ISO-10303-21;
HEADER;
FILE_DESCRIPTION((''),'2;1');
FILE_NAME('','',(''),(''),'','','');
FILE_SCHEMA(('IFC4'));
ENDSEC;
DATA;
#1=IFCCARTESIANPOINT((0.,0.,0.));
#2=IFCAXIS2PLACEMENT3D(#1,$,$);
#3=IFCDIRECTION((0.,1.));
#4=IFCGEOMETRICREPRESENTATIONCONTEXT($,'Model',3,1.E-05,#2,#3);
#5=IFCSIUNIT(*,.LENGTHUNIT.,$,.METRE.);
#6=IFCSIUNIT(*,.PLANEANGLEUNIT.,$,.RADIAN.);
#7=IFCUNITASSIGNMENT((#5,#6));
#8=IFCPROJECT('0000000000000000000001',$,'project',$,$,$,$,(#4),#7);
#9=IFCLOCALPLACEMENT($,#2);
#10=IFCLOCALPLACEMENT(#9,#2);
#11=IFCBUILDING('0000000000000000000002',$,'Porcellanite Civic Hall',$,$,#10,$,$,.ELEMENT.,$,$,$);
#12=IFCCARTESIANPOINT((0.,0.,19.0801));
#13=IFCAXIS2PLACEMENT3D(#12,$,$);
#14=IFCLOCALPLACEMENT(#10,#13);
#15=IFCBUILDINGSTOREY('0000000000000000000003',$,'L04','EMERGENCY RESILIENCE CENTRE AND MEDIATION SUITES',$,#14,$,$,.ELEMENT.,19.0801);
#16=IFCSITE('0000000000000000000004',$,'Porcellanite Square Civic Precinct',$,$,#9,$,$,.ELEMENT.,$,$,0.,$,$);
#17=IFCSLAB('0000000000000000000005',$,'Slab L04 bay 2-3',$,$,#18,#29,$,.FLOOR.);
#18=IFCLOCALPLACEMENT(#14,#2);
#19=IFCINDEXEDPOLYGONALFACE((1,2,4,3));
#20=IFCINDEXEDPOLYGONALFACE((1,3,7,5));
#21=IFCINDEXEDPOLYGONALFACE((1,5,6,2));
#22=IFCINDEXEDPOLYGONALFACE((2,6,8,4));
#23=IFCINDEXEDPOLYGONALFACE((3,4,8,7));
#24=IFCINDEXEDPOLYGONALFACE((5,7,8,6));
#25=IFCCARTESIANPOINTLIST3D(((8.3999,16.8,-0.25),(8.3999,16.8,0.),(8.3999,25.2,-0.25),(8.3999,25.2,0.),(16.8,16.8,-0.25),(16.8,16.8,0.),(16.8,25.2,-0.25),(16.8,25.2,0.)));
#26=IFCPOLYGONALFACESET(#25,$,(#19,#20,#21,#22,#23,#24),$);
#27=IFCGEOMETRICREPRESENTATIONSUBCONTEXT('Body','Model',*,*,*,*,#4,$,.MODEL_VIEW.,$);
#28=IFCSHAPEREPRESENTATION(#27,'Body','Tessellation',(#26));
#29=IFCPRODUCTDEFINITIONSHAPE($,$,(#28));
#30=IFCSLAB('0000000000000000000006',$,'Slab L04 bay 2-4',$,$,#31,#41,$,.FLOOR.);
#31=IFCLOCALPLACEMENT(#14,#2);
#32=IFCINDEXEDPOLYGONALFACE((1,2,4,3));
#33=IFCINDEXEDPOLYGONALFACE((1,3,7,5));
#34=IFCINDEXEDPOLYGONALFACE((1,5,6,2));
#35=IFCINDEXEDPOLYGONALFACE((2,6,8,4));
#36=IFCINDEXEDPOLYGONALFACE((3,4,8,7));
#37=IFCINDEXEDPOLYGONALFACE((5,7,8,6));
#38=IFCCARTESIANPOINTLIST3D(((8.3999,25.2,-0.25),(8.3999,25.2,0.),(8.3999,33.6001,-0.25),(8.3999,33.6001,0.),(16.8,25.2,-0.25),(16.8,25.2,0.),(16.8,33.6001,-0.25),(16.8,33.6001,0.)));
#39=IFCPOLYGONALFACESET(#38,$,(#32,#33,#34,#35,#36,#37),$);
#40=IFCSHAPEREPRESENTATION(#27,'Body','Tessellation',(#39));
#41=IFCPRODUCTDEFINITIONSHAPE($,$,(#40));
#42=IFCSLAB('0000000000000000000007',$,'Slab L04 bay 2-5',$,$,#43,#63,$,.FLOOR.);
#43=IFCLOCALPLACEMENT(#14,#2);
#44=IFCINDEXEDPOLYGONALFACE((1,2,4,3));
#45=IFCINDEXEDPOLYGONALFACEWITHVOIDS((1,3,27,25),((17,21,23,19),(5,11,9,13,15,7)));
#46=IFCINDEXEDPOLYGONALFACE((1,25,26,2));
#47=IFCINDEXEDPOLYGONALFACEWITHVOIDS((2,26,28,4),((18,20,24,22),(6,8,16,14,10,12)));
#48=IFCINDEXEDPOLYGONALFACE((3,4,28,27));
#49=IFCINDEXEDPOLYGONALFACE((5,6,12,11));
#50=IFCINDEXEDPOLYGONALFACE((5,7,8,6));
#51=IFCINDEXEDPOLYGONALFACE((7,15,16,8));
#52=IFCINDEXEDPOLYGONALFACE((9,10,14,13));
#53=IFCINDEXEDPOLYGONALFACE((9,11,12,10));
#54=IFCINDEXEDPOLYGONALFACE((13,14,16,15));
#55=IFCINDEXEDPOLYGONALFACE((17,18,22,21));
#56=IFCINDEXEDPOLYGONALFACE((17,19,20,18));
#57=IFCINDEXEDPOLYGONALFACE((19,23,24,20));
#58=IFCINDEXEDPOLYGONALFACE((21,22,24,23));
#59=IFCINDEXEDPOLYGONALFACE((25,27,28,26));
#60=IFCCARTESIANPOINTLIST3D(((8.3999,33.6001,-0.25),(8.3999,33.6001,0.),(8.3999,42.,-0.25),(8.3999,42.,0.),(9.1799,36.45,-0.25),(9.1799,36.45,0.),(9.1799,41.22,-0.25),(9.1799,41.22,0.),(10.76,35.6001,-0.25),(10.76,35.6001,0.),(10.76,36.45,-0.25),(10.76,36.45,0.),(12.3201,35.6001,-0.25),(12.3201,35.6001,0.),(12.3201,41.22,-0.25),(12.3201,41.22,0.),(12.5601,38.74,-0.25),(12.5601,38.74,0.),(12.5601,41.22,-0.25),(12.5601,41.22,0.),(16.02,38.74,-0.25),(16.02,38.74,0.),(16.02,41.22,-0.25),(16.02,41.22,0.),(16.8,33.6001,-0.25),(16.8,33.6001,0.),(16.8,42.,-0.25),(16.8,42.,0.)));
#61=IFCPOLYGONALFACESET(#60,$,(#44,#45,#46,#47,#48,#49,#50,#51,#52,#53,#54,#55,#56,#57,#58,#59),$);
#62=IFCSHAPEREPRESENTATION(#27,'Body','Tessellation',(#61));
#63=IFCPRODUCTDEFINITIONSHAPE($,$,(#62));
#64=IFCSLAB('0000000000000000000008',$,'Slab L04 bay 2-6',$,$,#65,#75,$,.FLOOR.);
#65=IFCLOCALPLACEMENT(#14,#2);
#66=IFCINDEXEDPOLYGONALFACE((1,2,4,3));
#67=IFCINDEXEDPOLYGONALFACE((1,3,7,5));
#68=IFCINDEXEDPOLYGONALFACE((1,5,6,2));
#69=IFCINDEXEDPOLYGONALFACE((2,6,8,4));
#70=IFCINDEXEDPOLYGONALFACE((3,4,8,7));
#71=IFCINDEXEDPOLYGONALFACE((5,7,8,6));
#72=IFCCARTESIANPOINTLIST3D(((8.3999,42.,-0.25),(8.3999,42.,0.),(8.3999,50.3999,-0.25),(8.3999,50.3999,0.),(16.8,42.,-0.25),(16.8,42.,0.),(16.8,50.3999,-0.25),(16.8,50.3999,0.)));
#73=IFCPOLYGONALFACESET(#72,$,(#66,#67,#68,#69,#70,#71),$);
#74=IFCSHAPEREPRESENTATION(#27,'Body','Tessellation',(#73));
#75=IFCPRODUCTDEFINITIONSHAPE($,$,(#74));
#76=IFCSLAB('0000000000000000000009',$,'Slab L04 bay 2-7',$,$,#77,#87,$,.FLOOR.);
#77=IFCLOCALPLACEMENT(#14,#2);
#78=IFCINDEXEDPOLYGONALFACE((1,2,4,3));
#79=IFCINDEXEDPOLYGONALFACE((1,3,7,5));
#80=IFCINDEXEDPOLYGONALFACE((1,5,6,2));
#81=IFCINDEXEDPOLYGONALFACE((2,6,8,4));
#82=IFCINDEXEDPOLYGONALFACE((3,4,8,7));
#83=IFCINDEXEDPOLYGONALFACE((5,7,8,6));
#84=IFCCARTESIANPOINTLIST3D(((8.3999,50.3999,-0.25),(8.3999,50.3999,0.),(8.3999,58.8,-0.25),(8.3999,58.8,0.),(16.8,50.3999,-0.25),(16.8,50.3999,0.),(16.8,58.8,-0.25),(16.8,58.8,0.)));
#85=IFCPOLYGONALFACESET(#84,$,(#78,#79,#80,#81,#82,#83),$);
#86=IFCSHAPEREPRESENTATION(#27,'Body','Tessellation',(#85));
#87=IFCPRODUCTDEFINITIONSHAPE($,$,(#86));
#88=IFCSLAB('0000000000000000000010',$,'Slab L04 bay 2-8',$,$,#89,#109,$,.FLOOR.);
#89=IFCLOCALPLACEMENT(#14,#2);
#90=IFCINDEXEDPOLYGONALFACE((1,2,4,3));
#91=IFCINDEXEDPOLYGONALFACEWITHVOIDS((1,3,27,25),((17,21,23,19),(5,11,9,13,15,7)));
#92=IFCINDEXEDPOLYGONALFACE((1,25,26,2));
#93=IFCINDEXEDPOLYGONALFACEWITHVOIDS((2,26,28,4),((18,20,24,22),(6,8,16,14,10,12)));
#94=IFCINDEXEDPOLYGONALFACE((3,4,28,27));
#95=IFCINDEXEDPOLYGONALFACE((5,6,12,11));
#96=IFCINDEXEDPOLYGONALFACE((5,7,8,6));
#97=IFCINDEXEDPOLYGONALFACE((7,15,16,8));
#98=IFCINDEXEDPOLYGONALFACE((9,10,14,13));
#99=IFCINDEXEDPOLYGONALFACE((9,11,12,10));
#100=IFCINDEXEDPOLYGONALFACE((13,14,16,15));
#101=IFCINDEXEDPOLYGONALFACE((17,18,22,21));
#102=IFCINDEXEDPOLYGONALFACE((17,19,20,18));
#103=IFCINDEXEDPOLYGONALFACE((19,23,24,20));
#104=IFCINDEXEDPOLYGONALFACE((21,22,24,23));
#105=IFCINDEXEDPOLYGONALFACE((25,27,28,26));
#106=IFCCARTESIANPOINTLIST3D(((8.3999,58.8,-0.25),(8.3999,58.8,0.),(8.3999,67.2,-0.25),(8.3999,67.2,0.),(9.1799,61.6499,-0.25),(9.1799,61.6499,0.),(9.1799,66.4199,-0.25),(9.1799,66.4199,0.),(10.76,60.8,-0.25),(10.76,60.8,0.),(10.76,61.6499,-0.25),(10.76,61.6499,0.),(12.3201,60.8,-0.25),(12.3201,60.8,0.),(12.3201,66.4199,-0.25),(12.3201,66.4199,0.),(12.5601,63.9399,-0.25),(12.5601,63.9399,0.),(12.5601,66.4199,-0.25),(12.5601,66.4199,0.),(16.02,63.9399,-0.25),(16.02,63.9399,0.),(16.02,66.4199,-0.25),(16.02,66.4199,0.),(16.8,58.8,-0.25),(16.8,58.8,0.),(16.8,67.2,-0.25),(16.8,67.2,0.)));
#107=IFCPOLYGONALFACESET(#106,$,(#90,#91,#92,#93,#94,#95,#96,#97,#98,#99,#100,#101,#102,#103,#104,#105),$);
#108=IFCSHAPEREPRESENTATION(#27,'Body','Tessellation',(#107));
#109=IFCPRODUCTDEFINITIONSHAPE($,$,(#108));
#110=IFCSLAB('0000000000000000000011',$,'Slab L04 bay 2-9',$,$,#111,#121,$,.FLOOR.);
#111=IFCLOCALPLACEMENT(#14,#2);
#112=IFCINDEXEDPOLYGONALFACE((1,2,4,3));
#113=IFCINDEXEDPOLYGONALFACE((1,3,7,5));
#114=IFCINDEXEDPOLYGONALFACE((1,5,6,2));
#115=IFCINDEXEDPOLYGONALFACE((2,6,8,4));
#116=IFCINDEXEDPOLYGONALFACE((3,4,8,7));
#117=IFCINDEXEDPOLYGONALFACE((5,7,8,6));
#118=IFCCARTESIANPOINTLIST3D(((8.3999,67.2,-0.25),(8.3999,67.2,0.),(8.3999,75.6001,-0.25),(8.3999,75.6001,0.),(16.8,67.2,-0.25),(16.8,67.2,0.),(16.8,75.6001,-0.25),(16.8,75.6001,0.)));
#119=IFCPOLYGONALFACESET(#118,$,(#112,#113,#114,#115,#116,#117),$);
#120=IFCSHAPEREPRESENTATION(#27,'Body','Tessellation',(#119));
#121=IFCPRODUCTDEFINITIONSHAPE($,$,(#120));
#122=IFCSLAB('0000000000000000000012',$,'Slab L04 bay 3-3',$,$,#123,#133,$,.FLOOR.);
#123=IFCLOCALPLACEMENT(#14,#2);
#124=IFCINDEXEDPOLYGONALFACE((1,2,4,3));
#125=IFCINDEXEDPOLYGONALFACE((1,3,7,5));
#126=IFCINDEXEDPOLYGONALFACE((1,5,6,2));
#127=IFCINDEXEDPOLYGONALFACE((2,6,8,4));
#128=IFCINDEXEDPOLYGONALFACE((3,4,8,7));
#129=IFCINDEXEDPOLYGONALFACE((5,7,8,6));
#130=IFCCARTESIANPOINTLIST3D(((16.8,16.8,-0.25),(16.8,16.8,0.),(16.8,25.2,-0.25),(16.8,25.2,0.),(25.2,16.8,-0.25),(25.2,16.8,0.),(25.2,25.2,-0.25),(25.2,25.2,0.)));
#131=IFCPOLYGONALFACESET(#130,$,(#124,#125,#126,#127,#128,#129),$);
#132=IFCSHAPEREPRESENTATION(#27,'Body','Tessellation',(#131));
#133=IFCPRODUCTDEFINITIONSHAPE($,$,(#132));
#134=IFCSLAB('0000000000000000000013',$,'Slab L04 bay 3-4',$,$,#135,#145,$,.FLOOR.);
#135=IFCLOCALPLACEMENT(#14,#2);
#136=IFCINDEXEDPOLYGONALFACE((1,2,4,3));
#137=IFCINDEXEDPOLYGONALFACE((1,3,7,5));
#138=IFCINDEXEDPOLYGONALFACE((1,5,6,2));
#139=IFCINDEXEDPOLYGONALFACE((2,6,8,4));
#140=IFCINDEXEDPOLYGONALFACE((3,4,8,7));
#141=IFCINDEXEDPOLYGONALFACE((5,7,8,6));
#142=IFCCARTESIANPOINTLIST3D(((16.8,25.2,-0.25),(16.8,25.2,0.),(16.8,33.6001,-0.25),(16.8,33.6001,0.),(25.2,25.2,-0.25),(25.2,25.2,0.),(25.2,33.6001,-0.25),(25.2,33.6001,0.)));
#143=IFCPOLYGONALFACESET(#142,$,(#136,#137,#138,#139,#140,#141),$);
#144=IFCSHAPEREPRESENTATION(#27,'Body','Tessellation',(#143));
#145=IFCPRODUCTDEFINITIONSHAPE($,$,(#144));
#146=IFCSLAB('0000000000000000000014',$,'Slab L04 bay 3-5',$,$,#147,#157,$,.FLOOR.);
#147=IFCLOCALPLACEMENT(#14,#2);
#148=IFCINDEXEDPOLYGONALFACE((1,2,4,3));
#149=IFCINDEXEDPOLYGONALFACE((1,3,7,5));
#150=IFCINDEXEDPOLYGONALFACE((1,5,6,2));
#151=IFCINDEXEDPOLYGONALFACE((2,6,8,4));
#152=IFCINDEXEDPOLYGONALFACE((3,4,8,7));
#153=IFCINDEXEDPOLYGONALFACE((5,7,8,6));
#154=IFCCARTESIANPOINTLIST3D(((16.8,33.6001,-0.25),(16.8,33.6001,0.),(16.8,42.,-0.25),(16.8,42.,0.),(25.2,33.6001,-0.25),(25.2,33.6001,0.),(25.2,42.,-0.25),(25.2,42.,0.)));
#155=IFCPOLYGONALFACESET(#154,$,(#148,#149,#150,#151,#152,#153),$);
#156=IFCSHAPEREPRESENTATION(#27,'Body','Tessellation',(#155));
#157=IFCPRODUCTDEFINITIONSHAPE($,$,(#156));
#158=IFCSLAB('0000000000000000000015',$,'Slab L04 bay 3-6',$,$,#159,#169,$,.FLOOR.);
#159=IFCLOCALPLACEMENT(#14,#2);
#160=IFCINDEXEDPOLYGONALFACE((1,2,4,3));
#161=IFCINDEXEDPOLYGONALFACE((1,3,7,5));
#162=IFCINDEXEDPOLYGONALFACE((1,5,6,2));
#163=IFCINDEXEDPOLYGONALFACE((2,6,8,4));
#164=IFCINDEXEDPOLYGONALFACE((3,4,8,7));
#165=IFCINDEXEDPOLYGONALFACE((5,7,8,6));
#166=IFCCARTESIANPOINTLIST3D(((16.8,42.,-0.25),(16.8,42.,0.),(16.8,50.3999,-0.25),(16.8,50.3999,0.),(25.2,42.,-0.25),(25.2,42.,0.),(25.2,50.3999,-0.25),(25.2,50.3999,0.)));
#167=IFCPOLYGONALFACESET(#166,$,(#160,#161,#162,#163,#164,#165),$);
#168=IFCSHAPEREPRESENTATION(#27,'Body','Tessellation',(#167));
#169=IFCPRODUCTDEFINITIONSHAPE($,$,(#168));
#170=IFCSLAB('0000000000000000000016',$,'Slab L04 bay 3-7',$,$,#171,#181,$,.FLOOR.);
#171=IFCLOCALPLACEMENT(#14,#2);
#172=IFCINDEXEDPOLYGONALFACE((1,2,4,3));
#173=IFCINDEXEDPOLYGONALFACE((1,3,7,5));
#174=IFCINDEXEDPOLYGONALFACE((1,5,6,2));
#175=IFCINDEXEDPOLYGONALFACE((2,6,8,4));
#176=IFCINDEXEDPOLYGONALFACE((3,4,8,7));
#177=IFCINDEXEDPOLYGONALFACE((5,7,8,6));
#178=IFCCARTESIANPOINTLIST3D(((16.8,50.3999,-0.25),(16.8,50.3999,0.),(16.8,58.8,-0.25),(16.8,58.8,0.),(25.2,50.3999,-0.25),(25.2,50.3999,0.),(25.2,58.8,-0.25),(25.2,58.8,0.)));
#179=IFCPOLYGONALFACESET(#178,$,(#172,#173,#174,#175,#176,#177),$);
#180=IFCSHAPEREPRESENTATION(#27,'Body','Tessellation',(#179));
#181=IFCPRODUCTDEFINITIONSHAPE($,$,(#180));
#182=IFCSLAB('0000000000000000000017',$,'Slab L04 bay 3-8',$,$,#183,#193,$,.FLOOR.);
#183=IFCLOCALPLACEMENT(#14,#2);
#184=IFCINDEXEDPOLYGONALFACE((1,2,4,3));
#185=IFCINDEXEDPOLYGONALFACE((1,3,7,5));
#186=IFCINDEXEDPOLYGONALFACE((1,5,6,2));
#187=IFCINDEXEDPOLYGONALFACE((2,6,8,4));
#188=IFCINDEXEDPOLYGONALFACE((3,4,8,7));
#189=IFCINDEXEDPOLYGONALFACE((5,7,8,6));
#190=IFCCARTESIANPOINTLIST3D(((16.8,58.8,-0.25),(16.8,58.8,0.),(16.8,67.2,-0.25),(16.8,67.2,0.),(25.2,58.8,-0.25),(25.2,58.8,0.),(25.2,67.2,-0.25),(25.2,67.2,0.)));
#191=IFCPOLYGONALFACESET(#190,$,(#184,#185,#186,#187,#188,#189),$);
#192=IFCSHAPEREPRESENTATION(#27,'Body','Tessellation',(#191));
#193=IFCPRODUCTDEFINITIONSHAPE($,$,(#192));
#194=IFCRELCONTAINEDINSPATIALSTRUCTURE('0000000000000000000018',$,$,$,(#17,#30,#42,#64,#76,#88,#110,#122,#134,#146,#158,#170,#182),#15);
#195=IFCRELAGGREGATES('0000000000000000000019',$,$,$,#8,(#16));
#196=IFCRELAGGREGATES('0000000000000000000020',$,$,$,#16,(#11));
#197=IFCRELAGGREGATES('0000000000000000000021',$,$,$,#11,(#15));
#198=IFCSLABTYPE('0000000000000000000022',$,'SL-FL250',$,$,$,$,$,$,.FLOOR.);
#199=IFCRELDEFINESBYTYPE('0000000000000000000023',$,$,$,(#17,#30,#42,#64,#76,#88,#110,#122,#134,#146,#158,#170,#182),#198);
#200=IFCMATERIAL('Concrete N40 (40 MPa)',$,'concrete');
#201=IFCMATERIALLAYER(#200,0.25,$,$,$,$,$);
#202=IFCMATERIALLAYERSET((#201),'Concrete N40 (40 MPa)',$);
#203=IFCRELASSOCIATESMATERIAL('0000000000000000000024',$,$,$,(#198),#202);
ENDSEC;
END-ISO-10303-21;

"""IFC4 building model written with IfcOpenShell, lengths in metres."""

from ifc_helpers import new_model, si_unit, direction, frame, origin, place, context, subcontext, project, spatial, polyline, outline, extrude, material, layer, layer_set, type_object, element, save


model = new_model("IFC4")

# Units and contexts
model_context = context("Model", 3, precision=1e-05, world=origin(), true_north=direction((0.0, 1.0)))
body_context = subcontext(model_context, "Body", "Model", "MODEL_VIEW")
ifc_project = project(units=[si_unit("LENGTHUNIT", "METRE"), si_unit("PLANEANGLEUNIT", "RADIAN")], contexts=[model_context])

# Site, building, storey
site_placement = place(None, origin())
site = spatial("IfcSite", under=ifc_project, at=site_placement, Name="Porcellanite Square Civic Precinct", CompositionType="ELEMENT", RefElevation=0.0)
building_placement = place(site_placement, origin())
building = spatial("IfcBuilding", under=site, at=building_placement, Name="Porcellanite Civic Hall", CompositionType="ELEMENT")
storey_placement = place(building_placement, frame((0.0, 0.0, 19.0801)))
storey = spatial("IfcBuildingStorey", under=building, at=storey_placement, Name="L04", Description="EMERGENCY RESILIENCE CENTRE AND MEDIATION SUITES", CompositionType="ELEMENT", Elevation=19.0801)

# Slabs
ifc_material = material(Name="Concrete N40 (40 MPa)", Category="concrete")
ifc_layer = layer(ifc_material, 0.25)
ifc_layer_set = layer_set([ifc_layer], Name="Concrete N40 (40 MPa)")
slab_type = type_object("IfcSlabType", Name="SL-FL250", PredefinedType="FLOOR", material=ifc_layer_set)
slab_1_placement = place(storey_placement, frame((0.0, 0.0, -0.25)))
element("IfcSlab", 1, at=slab_1_placement, inside=storey, type_object=slab_type, Name="Slab L04 bay 2-3", PredefinedType="FLOOR", context=body_context, shape_type="SweptSolid", body=[
    extrude(outline(polyline([(8.3999, 16.8), (16.8, 16.8), (16.8, 25.2), (8.3999, 25.2), (8.3999, 16.8)])), origin(), (0.0, 0.0, 1.0), 0.25),
])
slab_2_placement = place(storey_placement, frame((0.0, 0.0, -0.25)))
element("IfcSlab", 2, at=slab_2_placement, inside=storey, type_object=slab_type, Name="Slab L04 bay 2-4", PredefinedType="FLOOR", context=body_context, shape_type="SweptSolid", body=[
    extrude(outline(polyline([(8.3999, 25.2), (16.8, 25.2), (16.8, 33.6001), (8.3999, 33.6001), (8.3999, 25.2)])), origin(), (0.0, 0.0, 1.0), 0.25),
])
slab_3_placement = place(storey_placement, frame((0.0, 0.0, -0.25)))
element("IfcSlab", 3, at=slab_3_placement, inside=storey, type_object=slab_type, Name="Slab L04 bay 2-5", PredefinedType="FLOOR", context=body_context, shape_type="SweptSolid", body=[
    extrude(outline(polyline([(8.3999, 33.6001), (16.8, 33.6001), (16.8, 42.0), (8.3999, 42.0), (8.3999, 33.6001)]), holes=[polyline([(9.1799, 36.45), (10.76, 36.45), (10.76, 35.6001), (12.3201, 35.6001), (12.3201, 41.22), (9.1799, 41.22), (9.1799, 36.45)]), polyline([(12.5601, 38.74), (16.02, 38.74), (16.02, 41.22), (12.5601, 41.22), (12.5601, 38.74)])]), origin(), (0.0, 0.0, 1.0), 0.25),
])
slab_4_placement = place(storey_placement, frame((0.0, 0.0, -0.25)))
element("IfcSlab", 4, at=slab_4_placement, inside=storey, type_object=slab_type, Name="Slab L04 bay 2-6", PredefinedType="FLOOR", context=body_context, shape_type="SweptSolid", body=[
    extrude(outline(polyline([(8.3999, 42.0), (16.8, 42.0), (16.8, 50.3999), (8.3999, 50.3999), (8.3999, 42.0)])), origin(), (0.0, 0.0, 1.0), 0.25),
])
slab_5_placement = place(storey_placement, frame((0.0, 0.0, -0.25)))
element("IfcSlab", 5, at=slab_5_placement, inside=storey, type_object=slab_type, Name="Slab L04 bay 2-7", PredefinedType="FLOOR", context=body_context, shape_type="SweptSolid", body=[
    extrude(outline(polyline([(8.3999, 50.3999), (16.8, 50.3999), (16.8, 58.8), (8.3999, 58.8), (8.3999, 50.3999)])), origin(), (0.0, 0.0, 1.0), 0.25),
])
slab_6_placement = place(storey_placement, frame((0.0, 0.0, -0.25)))
element("IfcSlab", 6, at=slab_6_placement, inside=storey, type_object=slab_type, Name="Slab L04 bay 2-8", PredefinedType="FLOOR", context=body_context, shape_type="SweptSolid", body=[
    extrude(outline(polyline([(8.3999, 58.8), (16.8, 58.8), (16.8, 67.2), (8.3999, 67.2), (8.3999, 58.8)]), holes=[polyline([(9.1799, 61.6499), (10.76, 61.6499), (10.76, 60.8), (12.3201, 60.8), (12.3201, 66.4199), (9.1799, 66.4199), (9.1799, 61.6499)]), polyline([(12.5601, 63.9399), (16.02, 63.9399), (16.02, 66.4199), (12.5601, 66.4199), (12.5601, 63.9399)])]), origin(), (0.0, 0.0, 1.0), 0.25),
])
slab_7_placement = place(storey_placement, frame((0.0, 0.0, -0.25)))
element("IfcSlab", 7, at=slab_7_placement, inside=storey, type_object=slab_type, Name="Slab L04 bay 2-9", PredefinedType="FLOOR", context=body_context, shape_type="SweptSolid", body=[
    extrude(outline(polyline([(8.3999, 67.2), (16.8, 67.2), (16.8, 75.6001), (8.3999, 75.6001), (8.3999, 67.2)])), origin(), (0.0, 0.0, 1.0), 0.25),
])
slab_8_placement = place(storey_placement, frame((0.0, 0.0, -0.25)))
element("IfcSlab", 8, at=slab_8_placement, inside=storey, type_object=slab_type, Name="Slab L04 bay 3-3", PredefinedType="FLOOR", context=body_context, shape_type="SweptSolid", body=[
    extrude(outline(polyline([(16.8, 16.8), (25.2, 16.8), (25.2, 25.2), (16.8, 25.2), (16.8, 16.8)])), origin(), (0.0, 0.0, 1.0), 0.25),
])
slab_9_placement = place(storey_placement, frame((0.0, 0.0, -0.25)))
element("IfcSlab", 9, at=slab_9_placement, inside=storey, type_object=slab_type, Name="Slab L04 bay 3-4", PredefinedType="FLOOR", context=body_context, shape_type="SweptSolid", body=[
    extrude(outline(polyline([(16.8, 25.2), (25.2, 25.2), (25.2, 33.6001), (16.8, 33.6001), (16.8, 25.2)])), origin(), (0.0, 0.0, 1.0), 0.25),
])
slab_10_placement = place(storey_placement, frame((0.0, 0.0, -0.25)))
element("IfcSlab", 10, at=slab_10_placement, inside=storey, type_object=slab_type, Name="Slab L04 bay 3-5", PredefinedType="FLOOR", context=body_context, shape_type="SweptSolid", body=[
    extrude(outline(polyline([(16.8, 33.6001), (25.2, 33.6001), (25.2, 42.0), (16.8, 42.0), (16.8, 33.6001)])), origin(), (0.0, 0.0, 1.0), 0.25),
])
slab_11_placement = place(storey_placement, frame((0.0, 0.0, -0.25)))
element("IfcSlab", 11, at=slab_11_placement, inside=storey, type_object=slab_type, Name="Slab L04 bay 3-6", PredefinedType="FLOOR", context=body_context, shape_type="SweptSolid", body=[
    extrude(outline(polyline([(16.8, 42.0), (25.2, 42.0), (25.2, 50.3999), (16.8, 50.3999), (16.8, 42.0)])), origin(), (0.0, 0.0, 1.0), 0.25),
])
slab_12_placement = place(storey_placement, frame((0.0, 0.0, -0.25)))
element("IfcSlab", 12, at=slab_12_placement, inside=storey, type_object=slab_type, Name="Slab L04 bay 3-7", PredefinedType="FLOOR", context=body_context, shape_type="SweptSolid", body=[
    extrude(outline(polyline([(16.8, 50.3999), (25.2, 50.3999), (25.2, 58.8), (16.8, 58.8), (16.8, 50.3999)])), origin(), (0.0, 0.0, 1.0), 0.25),
])
slab_13_placement = place(storey_placement, frame((0.0, 0.0, -0.25)))
element("IfcSlab", 13, at=slab_13_placement, inside=storey, type_object=slab_type, Name="Slab L04 bay 3-8", PredefinedType="FLOOR", context=body_context, shape_type="SweptSolid", body=[
    extrude(outline(polyline([(16.8, 58.8), (25.2, 58.8), (25.2, 67.2), (16.8, 67.2), (16.8, 58.8)])), origin(), (0.0, 0.0, 1.0), 0.25),
])

save(model, "model.ifc")
